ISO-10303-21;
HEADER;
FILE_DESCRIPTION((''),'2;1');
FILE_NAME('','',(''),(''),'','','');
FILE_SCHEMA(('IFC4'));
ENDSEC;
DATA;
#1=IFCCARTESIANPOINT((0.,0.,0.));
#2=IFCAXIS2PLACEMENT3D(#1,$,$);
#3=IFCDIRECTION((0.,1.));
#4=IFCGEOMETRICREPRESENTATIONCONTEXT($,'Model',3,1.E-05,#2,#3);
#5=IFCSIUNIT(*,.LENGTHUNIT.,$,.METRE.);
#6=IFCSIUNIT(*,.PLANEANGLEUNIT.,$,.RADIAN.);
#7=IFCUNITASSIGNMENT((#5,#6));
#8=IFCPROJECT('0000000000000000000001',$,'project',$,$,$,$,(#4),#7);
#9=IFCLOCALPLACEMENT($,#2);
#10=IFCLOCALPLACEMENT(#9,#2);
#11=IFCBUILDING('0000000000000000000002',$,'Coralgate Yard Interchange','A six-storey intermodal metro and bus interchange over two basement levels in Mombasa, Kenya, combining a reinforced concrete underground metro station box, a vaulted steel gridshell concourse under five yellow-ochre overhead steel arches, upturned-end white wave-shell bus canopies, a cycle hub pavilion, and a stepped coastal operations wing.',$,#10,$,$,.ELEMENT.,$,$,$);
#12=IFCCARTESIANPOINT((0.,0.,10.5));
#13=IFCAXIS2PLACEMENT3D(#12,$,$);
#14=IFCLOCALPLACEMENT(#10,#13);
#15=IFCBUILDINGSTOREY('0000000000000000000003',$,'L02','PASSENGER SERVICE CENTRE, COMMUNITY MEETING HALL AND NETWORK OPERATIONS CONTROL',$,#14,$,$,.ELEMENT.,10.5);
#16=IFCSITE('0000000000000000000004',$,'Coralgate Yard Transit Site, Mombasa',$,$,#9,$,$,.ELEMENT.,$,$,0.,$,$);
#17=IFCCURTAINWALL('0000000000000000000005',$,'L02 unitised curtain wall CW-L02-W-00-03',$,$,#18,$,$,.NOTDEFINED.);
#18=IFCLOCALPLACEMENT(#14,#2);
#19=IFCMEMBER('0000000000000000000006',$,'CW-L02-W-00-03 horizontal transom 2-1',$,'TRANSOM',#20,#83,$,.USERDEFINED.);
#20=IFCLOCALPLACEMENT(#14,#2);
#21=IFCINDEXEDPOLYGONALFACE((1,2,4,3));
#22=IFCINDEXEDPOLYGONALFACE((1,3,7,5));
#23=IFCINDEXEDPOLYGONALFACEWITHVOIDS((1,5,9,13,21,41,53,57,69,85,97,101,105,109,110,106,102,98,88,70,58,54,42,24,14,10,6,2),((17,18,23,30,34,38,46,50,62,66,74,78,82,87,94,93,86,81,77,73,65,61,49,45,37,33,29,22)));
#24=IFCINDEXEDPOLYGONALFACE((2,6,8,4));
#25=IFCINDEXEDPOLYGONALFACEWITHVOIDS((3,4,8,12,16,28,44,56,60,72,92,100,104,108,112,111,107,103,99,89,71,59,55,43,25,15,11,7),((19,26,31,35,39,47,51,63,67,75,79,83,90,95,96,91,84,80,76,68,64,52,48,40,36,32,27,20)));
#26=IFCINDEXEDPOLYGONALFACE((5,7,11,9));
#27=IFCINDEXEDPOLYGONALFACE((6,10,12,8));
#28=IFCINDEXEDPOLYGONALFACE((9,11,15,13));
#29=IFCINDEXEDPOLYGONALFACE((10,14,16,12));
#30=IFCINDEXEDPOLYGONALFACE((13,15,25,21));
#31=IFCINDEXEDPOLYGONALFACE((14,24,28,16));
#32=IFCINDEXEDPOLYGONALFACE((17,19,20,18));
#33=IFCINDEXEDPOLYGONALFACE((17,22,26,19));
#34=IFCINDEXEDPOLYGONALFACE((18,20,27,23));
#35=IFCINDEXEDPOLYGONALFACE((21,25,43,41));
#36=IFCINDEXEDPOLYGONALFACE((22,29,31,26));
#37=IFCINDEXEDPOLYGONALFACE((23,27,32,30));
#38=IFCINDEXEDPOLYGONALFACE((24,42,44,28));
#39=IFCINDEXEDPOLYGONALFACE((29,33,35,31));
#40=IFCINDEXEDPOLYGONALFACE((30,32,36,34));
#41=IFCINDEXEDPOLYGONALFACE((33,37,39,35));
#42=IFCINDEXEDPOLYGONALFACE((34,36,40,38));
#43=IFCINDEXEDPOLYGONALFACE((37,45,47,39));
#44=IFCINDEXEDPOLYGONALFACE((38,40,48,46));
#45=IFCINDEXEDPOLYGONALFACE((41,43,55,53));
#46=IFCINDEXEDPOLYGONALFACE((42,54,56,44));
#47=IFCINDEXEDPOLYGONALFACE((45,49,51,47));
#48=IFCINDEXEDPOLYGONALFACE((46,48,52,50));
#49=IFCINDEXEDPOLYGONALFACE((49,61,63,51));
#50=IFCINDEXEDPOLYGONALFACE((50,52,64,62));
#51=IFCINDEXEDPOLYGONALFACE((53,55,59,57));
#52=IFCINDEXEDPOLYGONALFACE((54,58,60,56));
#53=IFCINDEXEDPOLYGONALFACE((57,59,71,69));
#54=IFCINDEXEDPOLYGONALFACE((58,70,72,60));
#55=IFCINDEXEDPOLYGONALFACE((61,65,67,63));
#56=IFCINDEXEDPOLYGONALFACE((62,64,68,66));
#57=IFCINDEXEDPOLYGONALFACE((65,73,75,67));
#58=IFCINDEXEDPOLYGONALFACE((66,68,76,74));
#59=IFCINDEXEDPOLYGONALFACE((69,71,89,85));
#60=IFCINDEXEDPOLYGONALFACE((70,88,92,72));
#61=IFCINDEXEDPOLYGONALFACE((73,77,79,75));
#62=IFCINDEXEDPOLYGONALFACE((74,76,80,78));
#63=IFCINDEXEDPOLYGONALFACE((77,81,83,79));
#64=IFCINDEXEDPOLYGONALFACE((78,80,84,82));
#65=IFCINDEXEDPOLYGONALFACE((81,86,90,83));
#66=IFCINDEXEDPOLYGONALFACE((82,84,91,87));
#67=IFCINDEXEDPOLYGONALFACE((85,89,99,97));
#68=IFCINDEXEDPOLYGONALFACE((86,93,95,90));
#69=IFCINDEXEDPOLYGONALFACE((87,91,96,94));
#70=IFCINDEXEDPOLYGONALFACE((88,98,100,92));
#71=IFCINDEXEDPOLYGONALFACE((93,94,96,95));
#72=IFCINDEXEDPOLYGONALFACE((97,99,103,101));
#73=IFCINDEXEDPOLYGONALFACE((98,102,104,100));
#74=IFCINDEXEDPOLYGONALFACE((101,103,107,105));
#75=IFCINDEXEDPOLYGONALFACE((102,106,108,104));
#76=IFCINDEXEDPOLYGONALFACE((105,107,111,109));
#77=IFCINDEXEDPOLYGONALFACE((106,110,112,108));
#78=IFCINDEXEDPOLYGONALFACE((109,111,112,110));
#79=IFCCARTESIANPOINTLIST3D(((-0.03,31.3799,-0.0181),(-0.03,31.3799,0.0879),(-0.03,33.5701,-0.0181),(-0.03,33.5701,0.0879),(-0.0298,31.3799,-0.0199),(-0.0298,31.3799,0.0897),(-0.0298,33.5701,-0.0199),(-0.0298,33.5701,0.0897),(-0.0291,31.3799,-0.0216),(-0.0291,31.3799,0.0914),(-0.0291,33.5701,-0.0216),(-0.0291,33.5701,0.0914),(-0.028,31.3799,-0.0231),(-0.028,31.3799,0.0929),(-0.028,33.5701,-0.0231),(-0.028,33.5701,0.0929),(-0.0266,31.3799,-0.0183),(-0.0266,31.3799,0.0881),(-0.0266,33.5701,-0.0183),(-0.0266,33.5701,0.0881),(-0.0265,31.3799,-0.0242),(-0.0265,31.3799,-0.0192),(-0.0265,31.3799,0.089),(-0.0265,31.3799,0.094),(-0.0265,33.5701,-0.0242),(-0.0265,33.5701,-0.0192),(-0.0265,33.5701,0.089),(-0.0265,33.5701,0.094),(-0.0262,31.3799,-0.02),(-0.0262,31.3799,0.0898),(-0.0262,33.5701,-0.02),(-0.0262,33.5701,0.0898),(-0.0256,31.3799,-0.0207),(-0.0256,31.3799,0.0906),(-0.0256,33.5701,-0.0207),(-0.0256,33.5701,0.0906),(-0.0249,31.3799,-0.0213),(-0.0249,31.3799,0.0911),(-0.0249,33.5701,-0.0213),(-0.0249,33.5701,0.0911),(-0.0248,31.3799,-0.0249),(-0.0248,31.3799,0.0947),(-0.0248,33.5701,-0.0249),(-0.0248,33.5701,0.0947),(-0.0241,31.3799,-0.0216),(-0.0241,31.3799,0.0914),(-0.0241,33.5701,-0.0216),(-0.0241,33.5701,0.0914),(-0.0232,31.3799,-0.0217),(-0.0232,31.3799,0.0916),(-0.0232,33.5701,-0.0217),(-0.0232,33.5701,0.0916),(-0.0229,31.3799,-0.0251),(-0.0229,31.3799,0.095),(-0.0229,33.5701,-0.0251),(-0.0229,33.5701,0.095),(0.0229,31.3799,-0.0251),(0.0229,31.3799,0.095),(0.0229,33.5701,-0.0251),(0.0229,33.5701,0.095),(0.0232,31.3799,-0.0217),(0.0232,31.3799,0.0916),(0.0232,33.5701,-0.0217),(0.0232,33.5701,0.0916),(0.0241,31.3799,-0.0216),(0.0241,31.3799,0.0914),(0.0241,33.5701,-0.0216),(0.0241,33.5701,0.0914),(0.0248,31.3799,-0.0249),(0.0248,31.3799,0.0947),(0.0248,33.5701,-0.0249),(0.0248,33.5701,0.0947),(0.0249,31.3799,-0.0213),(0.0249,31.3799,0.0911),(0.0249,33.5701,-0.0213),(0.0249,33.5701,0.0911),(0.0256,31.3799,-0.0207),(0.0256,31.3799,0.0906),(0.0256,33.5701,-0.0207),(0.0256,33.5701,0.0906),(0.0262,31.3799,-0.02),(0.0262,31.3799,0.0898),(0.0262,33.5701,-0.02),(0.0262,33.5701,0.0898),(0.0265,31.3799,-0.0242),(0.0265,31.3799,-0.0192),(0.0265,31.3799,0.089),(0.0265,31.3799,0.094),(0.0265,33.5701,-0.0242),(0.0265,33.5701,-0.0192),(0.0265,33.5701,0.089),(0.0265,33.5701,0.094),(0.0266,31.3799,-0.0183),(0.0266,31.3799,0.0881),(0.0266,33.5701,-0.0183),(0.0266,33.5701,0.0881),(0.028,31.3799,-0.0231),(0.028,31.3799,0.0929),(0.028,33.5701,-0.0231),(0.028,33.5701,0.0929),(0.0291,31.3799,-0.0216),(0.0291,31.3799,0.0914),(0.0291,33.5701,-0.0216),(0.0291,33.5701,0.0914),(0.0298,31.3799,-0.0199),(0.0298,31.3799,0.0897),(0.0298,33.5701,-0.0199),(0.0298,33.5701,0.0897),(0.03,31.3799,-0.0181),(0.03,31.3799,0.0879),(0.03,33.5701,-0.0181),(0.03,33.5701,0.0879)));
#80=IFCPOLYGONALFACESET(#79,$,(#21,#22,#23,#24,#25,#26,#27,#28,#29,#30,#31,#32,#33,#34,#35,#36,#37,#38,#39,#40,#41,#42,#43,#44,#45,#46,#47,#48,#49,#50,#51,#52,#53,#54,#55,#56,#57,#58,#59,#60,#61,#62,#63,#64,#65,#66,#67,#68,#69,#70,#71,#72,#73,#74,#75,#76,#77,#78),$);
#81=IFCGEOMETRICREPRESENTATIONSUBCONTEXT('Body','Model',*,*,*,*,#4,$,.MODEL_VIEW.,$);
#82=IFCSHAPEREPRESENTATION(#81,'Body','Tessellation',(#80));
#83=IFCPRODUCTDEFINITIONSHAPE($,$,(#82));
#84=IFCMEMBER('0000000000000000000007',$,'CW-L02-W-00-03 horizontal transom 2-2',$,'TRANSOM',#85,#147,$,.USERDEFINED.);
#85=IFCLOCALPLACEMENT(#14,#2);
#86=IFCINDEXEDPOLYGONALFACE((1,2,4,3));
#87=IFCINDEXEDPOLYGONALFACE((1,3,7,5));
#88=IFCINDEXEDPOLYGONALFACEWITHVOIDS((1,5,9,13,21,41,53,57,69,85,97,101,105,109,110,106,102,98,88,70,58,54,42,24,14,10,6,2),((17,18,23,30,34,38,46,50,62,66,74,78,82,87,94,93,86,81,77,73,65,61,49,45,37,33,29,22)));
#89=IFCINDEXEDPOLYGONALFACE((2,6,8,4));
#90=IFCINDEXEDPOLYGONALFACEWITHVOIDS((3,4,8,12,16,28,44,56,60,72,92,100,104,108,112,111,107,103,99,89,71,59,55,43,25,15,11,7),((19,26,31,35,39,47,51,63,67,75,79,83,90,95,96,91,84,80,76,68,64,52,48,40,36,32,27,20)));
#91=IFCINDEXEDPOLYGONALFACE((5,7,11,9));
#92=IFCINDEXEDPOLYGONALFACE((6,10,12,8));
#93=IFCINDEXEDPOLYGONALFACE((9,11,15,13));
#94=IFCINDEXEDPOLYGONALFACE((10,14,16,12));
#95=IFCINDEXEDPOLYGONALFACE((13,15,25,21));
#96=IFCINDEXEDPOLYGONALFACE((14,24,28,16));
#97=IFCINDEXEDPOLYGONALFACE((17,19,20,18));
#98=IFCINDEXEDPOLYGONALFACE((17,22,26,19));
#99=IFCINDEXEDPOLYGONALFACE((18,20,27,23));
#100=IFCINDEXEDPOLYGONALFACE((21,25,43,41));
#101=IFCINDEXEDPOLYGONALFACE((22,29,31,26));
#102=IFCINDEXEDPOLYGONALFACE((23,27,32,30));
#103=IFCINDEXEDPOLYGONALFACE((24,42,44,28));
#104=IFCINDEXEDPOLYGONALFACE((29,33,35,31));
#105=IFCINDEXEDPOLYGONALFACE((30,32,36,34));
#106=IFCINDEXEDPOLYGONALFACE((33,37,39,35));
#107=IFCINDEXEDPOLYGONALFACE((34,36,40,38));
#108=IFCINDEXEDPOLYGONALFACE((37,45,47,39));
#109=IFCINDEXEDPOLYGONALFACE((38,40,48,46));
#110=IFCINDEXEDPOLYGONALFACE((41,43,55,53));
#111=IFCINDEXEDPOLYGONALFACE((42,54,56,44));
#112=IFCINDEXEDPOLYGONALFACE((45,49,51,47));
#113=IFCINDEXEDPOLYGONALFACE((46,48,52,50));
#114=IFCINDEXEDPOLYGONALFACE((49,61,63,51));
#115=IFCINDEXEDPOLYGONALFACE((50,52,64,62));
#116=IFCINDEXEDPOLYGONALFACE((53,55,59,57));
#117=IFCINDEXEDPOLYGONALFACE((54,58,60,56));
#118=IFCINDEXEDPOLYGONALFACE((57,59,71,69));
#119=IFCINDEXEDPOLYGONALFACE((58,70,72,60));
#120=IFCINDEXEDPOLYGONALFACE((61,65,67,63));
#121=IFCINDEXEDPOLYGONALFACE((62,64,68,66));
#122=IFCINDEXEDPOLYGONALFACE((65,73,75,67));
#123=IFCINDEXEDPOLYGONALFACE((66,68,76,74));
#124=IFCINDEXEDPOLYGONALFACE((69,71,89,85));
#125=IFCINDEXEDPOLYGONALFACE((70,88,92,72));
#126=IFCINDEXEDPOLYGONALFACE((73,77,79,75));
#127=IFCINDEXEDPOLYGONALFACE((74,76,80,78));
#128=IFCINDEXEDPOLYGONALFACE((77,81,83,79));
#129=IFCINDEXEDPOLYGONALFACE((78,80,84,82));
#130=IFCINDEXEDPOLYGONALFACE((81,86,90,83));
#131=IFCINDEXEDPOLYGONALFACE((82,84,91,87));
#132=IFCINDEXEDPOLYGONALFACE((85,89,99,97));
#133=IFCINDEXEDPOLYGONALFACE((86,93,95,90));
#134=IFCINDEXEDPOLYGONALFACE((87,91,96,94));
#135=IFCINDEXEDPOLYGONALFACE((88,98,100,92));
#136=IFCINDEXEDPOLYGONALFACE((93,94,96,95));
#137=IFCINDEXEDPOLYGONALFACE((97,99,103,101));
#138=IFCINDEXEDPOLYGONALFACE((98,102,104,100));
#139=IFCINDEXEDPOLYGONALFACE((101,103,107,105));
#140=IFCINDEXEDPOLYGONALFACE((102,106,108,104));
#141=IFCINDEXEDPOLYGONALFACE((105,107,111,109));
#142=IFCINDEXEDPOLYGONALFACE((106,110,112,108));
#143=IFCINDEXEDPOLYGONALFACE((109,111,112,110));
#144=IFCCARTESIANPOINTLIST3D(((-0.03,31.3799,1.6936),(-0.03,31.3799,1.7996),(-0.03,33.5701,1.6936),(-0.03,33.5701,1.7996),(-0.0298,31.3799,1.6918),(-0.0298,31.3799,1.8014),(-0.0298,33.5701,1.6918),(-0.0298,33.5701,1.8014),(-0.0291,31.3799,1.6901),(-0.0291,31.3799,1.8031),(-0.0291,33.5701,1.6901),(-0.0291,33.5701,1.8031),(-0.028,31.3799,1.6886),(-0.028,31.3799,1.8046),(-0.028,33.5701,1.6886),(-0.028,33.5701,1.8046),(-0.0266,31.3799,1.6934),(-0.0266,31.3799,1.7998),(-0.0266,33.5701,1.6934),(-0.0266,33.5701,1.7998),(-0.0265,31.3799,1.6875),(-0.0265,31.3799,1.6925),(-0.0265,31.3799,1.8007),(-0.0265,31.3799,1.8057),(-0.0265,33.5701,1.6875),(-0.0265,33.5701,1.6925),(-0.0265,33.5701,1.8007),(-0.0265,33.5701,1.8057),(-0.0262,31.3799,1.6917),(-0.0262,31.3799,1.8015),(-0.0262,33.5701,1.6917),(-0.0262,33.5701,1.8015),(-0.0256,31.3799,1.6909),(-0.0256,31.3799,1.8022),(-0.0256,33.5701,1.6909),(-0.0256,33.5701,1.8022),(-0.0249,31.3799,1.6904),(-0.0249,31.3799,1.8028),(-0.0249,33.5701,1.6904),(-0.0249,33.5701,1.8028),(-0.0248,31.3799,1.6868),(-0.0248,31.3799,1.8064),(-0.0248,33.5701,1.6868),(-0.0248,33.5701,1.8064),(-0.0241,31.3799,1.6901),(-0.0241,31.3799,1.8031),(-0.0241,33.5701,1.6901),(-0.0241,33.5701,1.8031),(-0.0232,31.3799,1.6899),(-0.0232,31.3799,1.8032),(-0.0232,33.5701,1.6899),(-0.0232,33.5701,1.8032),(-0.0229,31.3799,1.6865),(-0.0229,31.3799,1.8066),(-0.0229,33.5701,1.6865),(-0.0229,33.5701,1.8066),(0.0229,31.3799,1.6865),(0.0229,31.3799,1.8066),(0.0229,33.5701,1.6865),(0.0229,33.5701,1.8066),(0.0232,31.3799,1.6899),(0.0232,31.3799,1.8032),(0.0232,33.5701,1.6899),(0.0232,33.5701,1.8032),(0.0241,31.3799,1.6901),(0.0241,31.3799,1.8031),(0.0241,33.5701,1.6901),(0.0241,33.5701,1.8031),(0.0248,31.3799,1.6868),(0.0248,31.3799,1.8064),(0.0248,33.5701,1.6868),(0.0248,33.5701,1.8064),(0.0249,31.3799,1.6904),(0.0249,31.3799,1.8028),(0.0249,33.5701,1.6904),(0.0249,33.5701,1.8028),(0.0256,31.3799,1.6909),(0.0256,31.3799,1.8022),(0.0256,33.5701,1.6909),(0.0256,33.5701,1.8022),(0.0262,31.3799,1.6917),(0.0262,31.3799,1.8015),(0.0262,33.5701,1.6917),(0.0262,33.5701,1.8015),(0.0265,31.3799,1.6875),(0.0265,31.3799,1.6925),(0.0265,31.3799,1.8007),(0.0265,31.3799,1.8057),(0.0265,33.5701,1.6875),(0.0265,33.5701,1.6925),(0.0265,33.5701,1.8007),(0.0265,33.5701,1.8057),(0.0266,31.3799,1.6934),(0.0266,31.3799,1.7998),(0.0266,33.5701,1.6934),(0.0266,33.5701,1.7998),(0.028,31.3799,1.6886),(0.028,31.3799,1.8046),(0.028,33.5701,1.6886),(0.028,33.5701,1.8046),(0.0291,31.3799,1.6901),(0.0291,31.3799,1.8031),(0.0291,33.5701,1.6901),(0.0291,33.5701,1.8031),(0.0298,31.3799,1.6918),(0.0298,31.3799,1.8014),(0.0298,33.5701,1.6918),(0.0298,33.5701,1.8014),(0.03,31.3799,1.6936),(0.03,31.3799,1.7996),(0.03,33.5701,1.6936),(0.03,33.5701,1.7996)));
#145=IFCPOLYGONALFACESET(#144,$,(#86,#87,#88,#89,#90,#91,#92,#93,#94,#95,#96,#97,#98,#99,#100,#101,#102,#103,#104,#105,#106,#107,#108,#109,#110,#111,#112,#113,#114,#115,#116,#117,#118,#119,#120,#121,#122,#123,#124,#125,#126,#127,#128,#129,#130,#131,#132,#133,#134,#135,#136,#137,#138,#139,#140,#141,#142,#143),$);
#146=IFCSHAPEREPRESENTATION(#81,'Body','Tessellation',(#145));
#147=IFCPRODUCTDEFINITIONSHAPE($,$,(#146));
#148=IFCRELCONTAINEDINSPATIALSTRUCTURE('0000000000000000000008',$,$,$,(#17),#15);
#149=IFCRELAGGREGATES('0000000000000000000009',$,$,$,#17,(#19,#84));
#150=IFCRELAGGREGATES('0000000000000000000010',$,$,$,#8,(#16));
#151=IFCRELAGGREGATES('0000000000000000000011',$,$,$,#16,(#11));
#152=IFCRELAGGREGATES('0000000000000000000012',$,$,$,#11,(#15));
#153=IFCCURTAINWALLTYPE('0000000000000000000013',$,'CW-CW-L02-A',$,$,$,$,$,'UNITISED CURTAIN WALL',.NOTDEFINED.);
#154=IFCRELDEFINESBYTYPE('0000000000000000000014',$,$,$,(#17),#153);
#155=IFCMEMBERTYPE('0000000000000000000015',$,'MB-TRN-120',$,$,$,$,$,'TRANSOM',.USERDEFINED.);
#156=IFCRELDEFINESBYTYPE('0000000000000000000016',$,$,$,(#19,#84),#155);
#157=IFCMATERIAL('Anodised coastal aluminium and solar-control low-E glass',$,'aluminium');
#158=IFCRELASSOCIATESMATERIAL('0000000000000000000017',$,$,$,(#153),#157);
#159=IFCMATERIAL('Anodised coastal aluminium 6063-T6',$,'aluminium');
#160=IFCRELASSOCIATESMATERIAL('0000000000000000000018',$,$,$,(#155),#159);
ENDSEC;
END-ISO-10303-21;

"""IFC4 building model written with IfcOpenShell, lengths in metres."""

from ifc_helpers import new_model, si_unit, direction, frame, origin, origin_2d, place, context, subcontext, project, spatial, hollow_rectangle, extrude, material, material_profile, profile_set, type_object, element, aggregate, save


model = new_model("IFC4")

# Units and contexts
model_context = context("Model", 3, precision=1e-05, world=origin(), true_north=direction((0.0, 1.0)))
body_context = subcontext(model_context, "Body", "Model", "MODEL_VIEW")
ifc_project = project(units=[si_unit("LENGTHUNIT", "METRE"), si_unit("PLANEANGLEUNIT", "RADIAN")], contexts=[model_context])

# Site, building, storey
site_placement = place(None, origin())
site = spatial("IfcSite", under=ifc_project, at=site_placement, Name="Coralgate Yard Transit Site, Mombasa", CompositionType="ELEMENT", RefElevation=0.0)
building_placement = place(site_placement, origin())
building = spatial("IfcBuilding", under=site, at=building_placement, Name="Coralgate Yard Interchange", Description="A six-storey intermodal metro and bus interchange over two basement levels in Mombasa, Kenya, combining a reinforced concrete underground metro station box, a vaulted steel gridshell concourse under five yellow-ochre overhead steel arches, upturned-end white wave-shell bus canopies, a cycle hub pavilion, and a stepped coastal operations wing.", CompositionType="ELEMENT")
storey_placement = place(building_placement, frame((0.0, 0.0, 10.5)))
storey = spatial("IfcBuildingStorey", under=building, at=storey_placement, Name="L02", Description="PASSENGER SERVICE CENTRE, COMMUNITY MEETING HALL AND NETWORK OPERATIONS CONTROL", CompositionType="ELEMENT", Elevation=10.5)

# Curtain wall, members
ifc_material_1 = material(Name="Anodised coastal aluminium and solar-control low-E glass", Category="aluminium")
curtain_wall_type = type_object("IfcCurtainWallType", Name="CW-CW-L02-A", ElementType="UNITISED CURTAIN WALL", PredefinedType="NOTDEFINED", material=ifc_material_1)
curtain_wall_placement = place(storey_placement, origin())
curtain_wall = element("IfcCurtainWall", 1, at=curtain_wall_placement, inside=storey, type_object=curtain_wall_type, Name="L02 unitised curtain wall CW-L02-W-00-03", PredefinedType="NOTDEFINED")
ifc_material_2 = material(Name="Anodised coastal aluminium 6063-T6", Category="aluminium")
ifc_material_profile_1 = material_profile(ifc_material_2, hollow_rectangle(XDim=0.0601, YDim=0.1201, WallThickness=0.0034, InnerFilletRadius=0.0034, OuterFilletRadius=0.0071, at=origin_2d()), Name="ALU 60x120x3.5")
ifc_profile_set_1 = profile_set([ifc_material_profile_1], Name="Anodised coastal aluminium 6063-T6")
member_type_1 = type_object("IfcMemberType", Name="MB-TRN-120", ElementType="TRANSOM", PredefinedType="USERDEFINED", material=ifc_profile_set_1)
member_1_placement = place(storey_placement, frame((0.0, 31.3799, 0.0349), z_axis=(0.0, 1.0, 0.0), x_axis=(-1.0, 0.0, 0.0)))
member_1 = element("IfcMember", 2, at=member_1_placement, type_object=member_type_1, Name="CW-L02-W-00-03 horizontal transom 2-1", ObjectType="TRANSOM", PredefinedType="USERDEFINED", context=body_context, shape_type="SweptSolid", body=[
    extrude(hollow_rectangle(XDim=0.0601, YDim=0.1201, WallThickness=0.0034, InnerFilletRadius=0.0034, OuterFilletRadius=0.0071, at=origin_2d()), origin(), (0.0, 0.0, 1.0), 2.1902),
])
member_2_placement = place(storey_placement, frame((0.0, 31.3799, 1.7466), z_axis=(0.0, 1.0, 0.0), x_axis=(-1.0, 0.0, 0.0)))
member_2 = element("IfcMember", 3, at=member_2_placement, type_object=member_type_1, Name="CW-L02-W-00-03 horizontal transom 2-2", ObjectType="TRANSOM", PredefinedType="USERDEFINED", context=body_context, shape_type="SweptSolid", body=[
    extrude(hollow_rectangle(XDim=0.0601, YDim=0.1201, WallThickness=0.0034, InnerFilletRadius=0.0034, OuterFilletRadius=0.0071, at=origin_2d()), origin(), (0.0, 0.0, 1.0), 2.1902),
])
aggregate(curtain_wall, [member_1, member_2])

save(model, "model.ifc")
